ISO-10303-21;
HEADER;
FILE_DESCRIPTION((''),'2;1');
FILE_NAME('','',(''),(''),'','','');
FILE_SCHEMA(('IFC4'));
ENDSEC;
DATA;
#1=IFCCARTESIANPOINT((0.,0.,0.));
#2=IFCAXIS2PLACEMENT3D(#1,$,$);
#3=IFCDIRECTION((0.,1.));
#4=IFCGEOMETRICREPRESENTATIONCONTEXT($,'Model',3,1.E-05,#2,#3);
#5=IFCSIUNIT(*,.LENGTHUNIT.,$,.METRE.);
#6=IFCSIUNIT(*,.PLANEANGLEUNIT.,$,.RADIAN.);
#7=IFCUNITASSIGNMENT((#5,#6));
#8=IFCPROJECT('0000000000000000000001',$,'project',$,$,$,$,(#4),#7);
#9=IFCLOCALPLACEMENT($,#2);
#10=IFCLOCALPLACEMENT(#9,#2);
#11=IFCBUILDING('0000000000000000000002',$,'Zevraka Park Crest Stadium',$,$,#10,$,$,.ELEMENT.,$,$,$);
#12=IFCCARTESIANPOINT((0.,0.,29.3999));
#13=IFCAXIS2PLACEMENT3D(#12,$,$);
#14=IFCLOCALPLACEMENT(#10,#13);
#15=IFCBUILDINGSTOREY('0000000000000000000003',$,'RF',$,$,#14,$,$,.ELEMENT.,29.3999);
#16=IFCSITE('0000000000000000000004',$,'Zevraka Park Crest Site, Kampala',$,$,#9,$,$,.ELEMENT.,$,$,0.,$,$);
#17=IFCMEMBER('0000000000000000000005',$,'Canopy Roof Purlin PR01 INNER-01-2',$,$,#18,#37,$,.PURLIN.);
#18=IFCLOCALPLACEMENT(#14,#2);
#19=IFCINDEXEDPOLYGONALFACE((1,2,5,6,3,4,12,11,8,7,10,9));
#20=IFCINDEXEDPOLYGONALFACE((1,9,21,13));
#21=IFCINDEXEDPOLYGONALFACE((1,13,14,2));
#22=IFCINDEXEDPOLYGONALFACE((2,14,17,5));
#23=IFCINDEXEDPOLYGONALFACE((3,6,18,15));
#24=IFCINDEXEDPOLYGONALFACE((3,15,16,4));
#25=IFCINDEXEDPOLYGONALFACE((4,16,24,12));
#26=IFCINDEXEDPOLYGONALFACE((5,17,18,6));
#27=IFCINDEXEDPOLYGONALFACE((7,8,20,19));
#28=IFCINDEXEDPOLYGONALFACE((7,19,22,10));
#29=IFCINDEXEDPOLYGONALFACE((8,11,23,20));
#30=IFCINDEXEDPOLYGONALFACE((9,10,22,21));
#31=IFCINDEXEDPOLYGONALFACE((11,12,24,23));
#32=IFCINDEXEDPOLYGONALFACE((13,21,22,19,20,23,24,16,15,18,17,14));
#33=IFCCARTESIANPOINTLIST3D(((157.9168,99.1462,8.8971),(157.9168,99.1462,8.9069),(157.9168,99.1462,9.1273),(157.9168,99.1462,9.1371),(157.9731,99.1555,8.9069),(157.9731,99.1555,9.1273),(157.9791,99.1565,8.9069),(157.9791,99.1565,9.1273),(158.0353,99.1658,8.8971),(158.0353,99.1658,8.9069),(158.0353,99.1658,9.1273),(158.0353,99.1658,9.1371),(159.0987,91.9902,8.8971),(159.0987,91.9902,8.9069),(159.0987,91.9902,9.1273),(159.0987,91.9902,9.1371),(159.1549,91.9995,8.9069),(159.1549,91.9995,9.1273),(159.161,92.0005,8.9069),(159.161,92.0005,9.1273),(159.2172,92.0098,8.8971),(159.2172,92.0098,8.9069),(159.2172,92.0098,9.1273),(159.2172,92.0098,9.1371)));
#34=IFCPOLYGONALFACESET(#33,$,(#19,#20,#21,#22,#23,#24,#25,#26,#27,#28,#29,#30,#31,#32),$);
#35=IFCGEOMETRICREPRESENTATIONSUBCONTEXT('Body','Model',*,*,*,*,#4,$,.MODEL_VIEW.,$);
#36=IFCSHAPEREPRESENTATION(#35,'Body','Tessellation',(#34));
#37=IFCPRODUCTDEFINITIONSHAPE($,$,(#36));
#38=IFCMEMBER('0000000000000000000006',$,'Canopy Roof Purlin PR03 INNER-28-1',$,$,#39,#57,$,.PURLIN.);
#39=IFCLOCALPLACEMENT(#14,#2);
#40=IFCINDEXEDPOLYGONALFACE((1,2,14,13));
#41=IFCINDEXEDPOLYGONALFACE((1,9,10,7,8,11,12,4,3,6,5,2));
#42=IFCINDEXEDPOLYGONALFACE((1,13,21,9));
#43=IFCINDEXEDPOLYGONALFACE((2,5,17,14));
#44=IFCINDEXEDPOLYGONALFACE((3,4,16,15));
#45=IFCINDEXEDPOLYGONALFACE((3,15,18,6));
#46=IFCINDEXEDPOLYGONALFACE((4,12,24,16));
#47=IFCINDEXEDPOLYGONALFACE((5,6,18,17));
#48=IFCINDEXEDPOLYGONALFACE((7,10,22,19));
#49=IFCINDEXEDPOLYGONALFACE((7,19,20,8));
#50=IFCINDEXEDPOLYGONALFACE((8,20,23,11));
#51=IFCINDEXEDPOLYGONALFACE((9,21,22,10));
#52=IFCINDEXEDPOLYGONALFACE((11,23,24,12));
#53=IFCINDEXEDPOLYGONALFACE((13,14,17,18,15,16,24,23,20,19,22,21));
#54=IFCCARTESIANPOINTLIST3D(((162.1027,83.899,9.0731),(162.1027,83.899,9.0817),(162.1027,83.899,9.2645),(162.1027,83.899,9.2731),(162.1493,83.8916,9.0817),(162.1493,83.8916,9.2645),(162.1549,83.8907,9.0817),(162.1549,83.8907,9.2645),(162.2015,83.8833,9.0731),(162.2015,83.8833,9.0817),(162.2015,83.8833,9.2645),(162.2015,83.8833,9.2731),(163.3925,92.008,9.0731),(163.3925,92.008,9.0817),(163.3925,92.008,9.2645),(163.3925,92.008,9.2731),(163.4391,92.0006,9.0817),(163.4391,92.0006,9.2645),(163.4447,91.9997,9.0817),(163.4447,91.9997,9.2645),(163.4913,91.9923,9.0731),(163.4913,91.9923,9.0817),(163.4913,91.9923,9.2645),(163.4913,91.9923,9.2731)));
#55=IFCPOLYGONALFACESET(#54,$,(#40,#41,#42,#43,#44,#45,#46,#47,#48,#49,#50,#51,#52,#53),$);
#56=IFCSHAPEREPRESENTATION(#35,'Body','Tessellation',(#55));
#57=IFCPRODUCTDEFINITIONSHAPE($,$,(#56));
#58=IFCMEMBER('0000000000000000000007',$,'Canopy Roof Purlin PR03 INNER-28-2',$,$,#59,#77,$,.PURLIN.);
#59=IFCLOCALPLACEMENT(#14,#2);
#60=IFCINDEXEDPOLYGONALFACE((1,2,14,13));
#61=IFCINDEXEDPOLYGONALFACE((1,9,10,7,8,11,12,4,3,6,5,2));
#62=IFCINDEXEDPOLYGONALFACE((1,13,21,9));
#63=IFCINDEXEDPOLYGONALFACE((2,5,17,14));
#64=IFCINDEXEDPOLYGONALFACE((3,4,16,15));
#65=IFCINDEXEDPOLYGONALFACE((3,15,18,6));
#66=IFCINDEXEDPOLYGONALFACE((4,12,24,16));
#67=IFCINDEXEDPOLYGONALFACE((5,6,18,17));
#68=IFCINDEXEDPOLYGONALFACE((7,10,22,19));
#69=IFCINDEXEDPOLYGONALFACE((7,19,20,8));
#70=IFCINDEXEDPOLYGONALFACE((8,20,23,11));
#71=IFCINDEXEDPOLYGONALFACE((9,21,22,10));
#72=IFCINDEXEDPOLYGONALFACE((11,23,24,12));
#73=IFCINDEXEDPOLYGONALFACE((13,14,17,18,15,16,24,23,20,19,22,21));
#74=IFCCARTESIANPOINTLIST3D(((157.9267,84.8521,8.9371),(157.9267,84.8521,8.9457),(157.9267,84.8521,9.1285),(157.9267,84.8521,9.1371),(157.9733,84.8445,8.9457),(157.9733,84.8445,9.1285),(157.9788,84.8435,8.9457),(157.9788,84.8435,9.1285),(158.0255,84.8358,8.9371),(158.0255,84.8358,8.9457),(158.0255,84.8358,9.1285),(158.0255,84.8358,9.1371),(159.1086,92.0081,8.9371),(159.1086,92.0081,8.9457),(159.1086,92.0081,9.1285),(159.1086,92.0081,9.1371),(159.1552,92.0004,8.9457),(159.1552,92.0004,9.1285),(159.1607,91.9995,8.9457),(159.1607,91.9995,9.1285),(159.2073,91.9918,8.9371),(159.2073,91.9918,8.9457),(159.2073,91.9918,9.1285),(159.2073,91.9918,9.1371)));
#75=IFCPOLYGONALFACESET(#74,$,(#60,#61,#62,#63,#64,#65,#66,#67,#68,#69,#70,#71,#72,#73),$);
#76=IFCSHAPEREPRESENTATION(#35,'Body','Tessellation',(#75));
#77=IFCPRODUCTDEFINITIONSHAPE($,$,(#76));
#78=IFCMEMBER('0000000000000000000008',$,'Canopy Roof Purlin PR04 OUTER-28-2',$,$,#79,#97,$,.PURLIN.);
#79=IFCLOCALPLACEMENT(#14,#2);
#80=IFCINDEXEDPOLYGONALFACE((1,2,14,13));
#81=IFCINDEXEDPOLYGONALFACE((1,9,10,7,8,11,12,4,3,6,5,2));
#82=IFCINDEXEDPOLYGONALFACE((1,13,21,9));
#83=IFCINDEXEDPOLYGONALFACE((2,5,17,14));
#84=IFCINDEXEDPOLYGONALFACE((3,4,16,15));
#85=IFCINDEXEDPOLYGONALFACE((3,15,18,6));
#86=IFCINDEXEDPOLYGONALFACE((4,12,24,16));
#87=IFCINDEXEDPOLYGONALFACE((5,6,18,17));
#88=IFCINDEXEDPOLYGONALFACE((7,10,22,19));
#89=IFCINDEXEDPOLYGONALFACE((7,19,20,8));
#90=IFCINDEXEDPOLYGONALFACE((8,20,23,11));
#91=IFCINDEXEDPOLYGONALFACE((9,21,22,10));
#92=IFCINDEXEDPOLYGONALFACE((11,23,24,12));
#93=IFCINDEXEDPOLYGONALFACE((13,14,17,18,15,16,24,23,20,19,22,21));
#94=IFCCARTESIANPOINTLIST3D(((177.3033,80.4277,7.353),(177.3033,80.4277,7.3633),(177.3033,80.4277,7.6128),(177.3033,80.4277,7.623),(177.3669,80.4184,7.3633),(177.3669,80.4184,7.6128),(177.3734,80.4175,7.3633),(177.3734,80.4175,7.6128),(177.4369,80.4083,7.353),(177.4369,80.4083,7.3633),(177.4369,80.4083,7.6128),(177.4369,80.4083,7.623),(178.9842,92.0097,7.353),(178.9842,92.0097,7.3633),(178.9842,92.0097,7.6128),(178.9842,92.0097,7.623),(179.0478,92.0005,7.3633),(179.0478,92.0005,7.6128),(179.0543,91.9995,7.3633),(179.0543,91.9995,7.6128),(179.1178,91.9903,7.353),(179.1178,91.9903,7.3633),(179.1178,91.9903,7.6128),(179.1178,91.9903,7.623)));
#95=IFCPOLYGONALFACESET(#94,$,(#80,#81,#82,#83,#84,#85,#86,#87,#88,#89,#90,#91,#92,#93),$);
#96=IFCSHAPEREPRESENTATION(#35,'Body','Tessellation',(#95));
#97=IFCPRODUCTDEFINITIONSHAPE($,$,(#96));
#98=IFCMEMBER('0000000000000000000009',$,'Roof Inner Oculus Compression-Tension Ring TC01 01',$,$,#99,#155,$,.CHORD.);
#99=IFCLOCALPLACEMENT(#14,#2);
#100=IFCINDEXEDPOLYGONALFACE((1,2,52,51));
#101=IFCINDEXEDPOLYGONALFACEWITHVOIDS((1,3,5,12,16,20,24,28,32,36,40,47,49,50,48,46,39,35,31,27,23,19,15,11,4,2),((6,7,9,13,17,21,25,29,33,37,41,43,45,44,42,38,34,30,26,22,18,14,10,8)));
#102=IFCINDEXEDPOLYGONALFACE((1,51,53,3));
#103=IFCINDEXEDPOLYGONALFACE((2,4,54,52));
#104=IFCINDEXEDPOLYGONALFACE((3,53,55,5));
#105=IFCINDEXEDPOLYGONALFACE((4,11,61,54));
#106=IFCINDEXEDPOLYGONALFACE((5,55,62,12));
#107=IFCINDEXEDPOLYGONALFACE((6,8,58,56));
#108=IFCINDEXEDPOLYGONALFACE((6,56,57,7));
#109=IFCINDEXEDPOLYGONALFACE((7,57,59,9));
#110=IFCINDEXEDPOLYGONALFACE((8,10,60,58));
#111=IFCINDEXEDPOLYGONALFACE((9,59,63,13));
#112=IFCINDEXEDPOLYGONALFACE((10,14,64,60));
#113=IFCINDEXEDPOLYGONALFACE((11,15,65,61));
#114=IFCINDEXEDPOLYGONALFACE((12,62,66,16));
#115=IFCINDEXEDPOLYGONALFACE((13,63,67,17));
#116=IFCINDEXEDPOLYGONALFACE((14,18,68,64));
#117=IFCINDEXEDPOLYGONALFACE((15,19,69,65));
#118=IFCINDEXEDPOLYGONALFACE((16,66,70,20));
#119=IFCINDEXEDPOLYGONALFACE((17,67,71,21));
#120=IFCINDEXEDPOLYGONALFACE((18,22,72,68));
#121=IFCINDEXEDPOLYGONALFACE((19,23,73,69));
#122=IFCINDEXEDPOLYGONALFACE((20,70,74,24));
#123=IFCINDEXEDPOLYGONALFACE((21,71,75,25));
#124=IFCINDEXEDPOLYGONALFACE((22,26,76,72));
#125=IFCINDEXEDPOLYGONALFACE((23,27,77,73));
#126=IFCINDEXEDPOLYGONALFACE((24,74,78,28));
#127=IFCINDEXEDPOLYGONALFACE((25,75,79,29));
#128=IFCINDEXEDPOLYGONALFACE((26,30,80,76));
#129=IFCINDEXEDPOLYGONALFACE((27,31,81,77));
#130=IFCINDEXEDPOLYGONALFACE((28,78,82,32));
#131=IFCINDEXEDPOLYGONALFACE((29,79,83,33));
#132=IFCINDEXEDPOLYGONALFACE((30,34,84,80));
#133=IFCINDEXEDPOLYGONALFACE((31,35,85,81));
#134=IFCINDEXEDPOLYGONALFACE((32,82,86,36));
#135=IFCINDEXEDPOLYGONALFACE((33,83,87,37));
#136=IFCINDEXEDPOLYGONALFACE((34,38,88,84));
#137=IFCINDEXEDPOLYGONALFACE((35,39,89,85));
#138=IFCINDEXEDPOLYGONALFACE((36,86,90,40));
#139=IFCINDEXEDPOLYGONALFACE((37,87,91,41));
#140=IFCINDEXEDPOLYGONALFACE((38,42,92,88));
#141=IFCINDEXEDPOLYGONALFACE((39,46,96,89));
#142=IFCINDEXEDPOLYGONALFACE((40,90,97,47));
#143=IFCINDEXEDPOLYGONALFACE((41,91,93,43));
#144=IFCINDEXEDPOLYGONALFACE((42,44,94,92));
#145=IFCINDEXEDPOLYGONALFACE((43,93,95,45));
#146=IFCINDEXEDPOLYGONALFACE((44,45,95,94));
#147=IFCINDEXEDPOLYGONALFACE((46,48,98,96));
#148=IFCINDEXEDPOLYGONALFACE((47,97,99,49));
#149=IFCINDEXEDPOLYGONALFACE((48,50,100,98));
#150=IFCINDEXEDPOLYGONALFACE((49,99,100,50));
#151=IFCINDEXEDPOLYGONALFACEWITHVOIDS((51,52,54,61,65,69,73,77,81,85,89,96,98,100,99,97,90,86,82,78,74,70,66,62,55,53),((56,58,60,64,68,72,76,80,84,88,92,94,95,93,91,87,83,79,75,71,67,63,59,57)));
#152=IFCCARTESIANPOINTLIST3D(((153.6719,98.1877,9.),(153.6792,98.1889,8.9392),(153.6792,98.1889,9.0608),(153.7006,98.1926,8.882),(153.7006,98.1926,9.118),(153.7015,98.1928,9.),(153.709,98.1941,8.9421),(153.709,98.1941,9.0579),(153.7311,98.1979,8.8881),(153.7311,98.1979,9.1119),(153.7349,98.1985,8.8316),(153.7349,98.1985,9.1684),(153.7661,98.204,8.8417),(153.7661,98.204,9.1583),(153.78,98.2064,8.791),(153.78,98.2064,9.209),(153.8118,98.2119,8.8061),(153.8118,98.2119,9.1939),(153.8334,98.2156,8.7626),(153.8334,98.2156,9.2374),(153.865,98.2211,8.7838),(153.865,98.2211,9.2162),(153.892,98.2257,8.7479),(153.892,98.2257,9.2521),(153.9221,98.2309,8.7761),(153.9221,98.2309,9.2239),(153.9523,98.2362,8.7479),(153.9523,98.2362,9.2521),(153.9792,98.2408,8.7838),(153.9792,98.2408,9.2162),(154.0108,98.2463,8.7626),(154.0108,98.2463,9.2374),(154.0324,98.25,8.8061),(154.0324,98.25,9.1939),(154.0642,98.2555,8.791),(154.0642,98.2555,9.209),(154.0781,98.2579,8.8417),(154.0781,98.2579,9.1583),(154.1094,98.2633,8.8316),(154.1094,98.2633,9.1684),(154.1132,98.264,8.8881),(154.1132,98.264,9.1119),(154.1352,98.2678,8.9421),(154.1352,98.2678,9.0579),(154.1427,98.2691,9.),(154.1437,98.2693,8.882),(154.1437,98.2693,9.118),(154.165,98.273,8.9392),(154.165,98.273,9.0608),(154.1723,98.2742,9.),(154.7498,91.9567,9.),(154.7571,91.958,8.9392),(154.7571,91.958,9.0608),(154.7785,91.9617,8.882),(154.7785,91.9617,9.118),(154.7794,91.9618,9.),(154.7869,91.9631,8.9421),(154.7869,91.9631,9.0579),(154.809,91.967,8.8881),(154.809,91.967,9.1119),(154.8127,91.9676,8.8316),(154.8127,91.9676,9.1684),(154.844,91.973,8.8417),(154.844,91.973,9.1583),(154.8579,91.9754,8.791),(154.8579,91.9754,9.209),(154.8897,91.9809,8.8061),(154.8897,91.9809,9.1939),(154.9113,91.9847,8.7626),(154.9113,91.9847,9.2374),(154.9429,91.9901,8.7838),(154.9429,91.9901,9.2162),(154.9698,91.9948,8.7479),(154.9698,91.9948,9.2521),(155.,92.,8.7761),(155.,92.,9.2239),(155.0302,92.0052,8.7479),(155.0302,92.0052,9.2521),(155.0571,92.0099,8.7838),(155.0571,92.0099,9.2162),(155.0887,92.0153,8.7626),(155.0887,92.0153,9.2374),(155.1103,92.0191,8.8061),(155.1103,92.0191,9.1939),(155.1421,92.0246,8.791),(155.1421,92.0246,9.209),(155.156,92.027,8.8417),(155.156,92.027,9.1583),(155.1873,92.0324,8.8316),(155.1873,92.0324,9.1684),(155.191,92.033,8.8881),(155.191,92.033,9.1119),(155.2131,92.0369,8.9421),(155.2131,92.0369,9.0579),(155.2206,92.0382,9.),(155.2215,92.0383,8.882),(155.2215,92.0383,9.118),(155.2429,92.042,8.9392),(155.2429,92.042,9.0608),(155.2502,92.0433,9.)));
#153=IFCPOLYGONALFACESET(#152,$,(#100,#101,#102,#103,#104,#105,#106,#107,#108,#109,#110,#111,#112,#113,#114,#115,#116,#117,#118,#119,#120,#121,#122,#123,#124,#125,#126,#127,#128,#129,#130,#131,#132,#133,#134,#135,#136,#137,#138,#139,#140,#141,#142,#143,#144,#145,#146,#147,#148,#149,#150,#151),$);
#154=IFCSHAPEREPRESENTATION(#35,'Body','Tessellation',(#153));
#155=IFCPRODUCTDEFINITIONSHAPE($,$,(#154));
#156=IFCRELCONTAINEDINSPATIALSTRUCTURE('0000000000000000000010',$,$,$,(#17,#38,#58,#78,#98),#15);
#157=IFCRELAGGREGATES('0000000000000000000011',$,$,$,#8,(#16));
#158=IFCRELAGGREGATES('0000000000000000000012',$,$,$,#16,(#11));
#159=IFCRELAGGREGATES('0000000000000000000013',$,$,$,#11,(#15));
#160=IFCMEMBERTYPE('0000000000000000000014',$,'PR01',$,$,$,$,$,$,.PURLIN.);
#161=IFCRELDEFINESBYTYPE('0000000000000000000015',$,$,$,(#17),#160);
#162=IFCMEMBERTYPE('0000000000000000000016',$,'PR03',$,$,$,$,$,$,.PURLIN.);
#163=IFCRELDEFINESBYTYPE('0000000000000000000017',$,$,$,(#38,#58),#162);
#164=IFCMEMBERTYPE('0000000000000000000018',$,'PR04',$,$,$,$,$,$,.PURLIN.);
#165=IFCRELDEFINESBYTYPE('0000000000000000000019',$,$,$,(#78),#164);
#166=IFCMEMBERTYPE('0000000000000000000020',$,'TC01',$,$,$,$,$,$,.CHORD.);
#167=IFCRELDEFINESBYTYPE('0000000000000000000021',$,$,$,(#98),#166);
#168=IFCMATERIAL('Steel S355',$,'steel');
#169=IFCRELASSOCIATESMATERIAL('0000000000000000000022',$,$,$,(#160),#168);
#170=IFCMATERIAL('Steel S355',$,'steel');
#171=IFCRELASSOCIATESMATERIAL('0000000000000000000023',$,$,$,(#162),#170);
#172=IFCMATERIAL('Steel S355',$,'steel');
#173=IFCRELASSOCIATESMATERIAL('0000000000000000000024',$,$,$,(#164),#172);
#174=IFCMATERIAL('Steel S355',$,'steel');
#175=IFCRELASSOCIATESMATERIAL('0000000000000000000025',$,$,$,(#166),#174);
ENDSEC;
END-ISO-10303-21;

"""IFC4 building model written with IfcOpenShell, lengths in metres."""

from ifc_helpers import new_model, si_unit, direction, frame, origin, origin_2d, place, context, subcontext, project, spatial, hollow_circle, i_section, extrude, material, material_profile, profile_set, type_object, element, save


model = new_model("IFC4")

# Units and contexts
model_context = context("Model", 3, precision=1e-05, world=origin(), true_north=direction((0.0, 1.0)))
body_context = subcontext(model_context, "Body", "Model", "MODEL_VIEW")
ifc_project = project(units=[si_unit("LENGTHUNIT", "METRE"), si_unit("PLANEANGLEUNIT", "RADIAN")], contexts=[model_context])

# Site, building, storey
site_placement = place(None, origin())
site = spatial("IfcSite", under=ifc_project, at=site_placement, Name="Zevraka Park Crest Site, Kampala", CompositionType="ELEMENT", RefElevation=0.0)
building_placement = place(site_placement, origin())
building = spatial("IfcBuilding", under=site, at=building_placement, Name="Zevraka Park Crest Stadium", CompositionType="ELEMENT")
storey_placement = place(building_placement, frame((0.0, 0.0, 29.3999)))
storey = spatial("IfcBuildingStorey", under=building, at=storey_placement, Name="RF", CompositionType="ELEMENT", Elevation=29.3999)

# Members
ifc_material_1 = material(Name="Steel S355", Category="steel")
ifc_material_profile_1 = material_profile(ifc_material_1, i_section(OverallWidth=0.1201, OverallDepth=0.24, WebThickness=0.0061, FlangeThickness=0.0098, at=origin_2d()), Name="IPE 240")
ifc_profile_set_1 = profile_set([ifc_material_profile_1], Name="Steel S355")
member_type_1 = type_object("IfcMemberType", Name="PR01", PredefinedType="PURLIN", material=ifc_profile_set_1)
member_1_placement = place(storey_placement, frame((159.158, 92.0, 9.0171), z_axis=(-0.162952, 0.986634, 0.0), x_axis=(-0.986634, -0.162952, 0.0)))
element("IfcMember", 1, at=member_1_placement, inside=storey, type_object=member_type_1, Name="Canopy Roof Purlin PR01 INNER-01-2", PredefinedType="PURLIN", context=body_context, shape_type="SweptSolid", body=[
    extrude(i_section(OverallWidth=0.1201, OverallDepth=0.24, WebThickness=0.0061, FlangeThickness=0.0098, at=origin_2d()), origin(), (0.0, 0.0, 1.0), 7.2529),
])
ifc_material_2 = material(Name="Steel S355", Category="steel")
ifc_material_profile_2 = material_profile(ifc_material_2, i_section(OverallWidth=0.1001, OverallDepth=0.2, WebThickness=0.0056, FlangeThickness=0.0085, at=origin_2d()), Name="IPE 200")
ifc_profile_set_2 = profile_set([ifc_material_profile_2], Name="Steel S355")
member_type_2 = type_object("IfcMemberType", Name="PR03", PredefinedType="PURLIN", material=ifc_profile_set_2)
member_2_placement = place(storey_placement, frame((162.1521, 83.8911, 9.1731), z_axis=(0.157085, 0.987585, 0.0), x_axis=(-0.987585, 0.157085, 0.0)))
element("IfcMember", 2, at=member_2_placement, inside=storey, type_object=member_type_2, Name="Canopy Roof Purlin PR03 INNER-28-1", PredefinedType="PURLIN", context=body_context, shape_type="SweptSolid", body=[
    extrude(i_section(OverallWidth=0.1001, OverallDepth=0.2, WebThickness=0.0056, FlangeThickness=0.0085, at=origin_2d()), origin(), (0.0, 0.0, 1.0), 8.2109),
])
member_3_placement = place(storey_placement, frame((157.9761, 84.844, 9.0371), z_axis=(0.162952, 0.986634, 0.0), x_axis=(-0.986634, 0.162952, 0.0)))
element("IfcMember", 3, at=member_3_placement, inside=storey, type_object=member_type_2, Name="Canopy Roof Purlin PR03 INNER-28-2", PredefinedType="PURLIN", context=body_context, shape_type="SweptSolid", body=[
    extrude(i_section(OverallWidth=0.1001, OverallDepth=0.2, WebThickness=0.0056, FlangeThickness=0.0085, at=origin_2d()), origin(), (0.0, 0.0, 1.0), 7.2529),
])
ifc_material_3 = material(Name="Steel S355", Category="steel")
ifc_material_profile_3 = material_profile(ifc_material_3, i_section(OverallWidth=0.135, OverallDepth=0.27, WebThickness=0.0066, FlangeThickness=0.0103, at=origin_2d()), Name="IPE 270")
ifc_profile_set_3 = profile_set([ifc_material_profile_3], Name="Steel S355")
member_type_3 = type_object("IfcMemberType", Name="PR04", PredefinedType="PURLIN", material=ifc_profile_set_3)
member_4_placement = place(storey_placement, frame((177.3701, 80.418, 7.488), z_axis=(0.143626, 0.989632, 0.0), x_axis=(-0.989632, 0.143626, 0.0)))
element("IfcMember", 4, at=member_4_placement, inside=storey, type_object=member_type_3, Name="Canopy Roof Purlin PR04 OUTER-28-2", PredefinedType="PURLIN", context=body_context, shape_type="SweptSolid", body=[
    extrude(i_section(OverallWidth=0.135, OverallDepth=0.27, WebThickness=0.0066, FlangeThickness=0.0103, at=origin_2d()), origin(), (0.0, 0.0, 1.0), 11.7034),
])
ifc_material_4 = material(Name="Steel S355", Category="steel")
ifc_material_profile_4 = material_profile(ifc_material_4, hollow_circle(Radius=0.2539, WallThickness=0.03, at=origin_2d()), Name="CHS 508.0x30")
ifc_profile_set_4 = profile_set([ifc_material_profile_4], Name="Steel S355")
member_type_4 = type_object("IfcMemberType", Name="TC01", PredefinedType="CHORD", material=ifc_profile_set_4)
member_5_placement = place(storey_placement, frame((155.0, 92.0, 9.0), z_axis=(-0.170456, 0.985365, 0.0), x_axis=(-0.985365, -0.170456, 0.0)))
element("IfcMember", 5, at=member_5_placement, inside=storey, type_object=member_type_4, Name="Roof Inner Oculus Compression-Tension Ring TC01 01", PredefinedType="CHORD", context=body_context, shape_type="SweptSolid", body=[
    extrude(hollow_circle(Radius=0.2539, WallThickness=0.03, at=origin_2d()), origin(), (0.0, 0.0, 1.0), 6.3235),
])

save(model, "model.ifc")
